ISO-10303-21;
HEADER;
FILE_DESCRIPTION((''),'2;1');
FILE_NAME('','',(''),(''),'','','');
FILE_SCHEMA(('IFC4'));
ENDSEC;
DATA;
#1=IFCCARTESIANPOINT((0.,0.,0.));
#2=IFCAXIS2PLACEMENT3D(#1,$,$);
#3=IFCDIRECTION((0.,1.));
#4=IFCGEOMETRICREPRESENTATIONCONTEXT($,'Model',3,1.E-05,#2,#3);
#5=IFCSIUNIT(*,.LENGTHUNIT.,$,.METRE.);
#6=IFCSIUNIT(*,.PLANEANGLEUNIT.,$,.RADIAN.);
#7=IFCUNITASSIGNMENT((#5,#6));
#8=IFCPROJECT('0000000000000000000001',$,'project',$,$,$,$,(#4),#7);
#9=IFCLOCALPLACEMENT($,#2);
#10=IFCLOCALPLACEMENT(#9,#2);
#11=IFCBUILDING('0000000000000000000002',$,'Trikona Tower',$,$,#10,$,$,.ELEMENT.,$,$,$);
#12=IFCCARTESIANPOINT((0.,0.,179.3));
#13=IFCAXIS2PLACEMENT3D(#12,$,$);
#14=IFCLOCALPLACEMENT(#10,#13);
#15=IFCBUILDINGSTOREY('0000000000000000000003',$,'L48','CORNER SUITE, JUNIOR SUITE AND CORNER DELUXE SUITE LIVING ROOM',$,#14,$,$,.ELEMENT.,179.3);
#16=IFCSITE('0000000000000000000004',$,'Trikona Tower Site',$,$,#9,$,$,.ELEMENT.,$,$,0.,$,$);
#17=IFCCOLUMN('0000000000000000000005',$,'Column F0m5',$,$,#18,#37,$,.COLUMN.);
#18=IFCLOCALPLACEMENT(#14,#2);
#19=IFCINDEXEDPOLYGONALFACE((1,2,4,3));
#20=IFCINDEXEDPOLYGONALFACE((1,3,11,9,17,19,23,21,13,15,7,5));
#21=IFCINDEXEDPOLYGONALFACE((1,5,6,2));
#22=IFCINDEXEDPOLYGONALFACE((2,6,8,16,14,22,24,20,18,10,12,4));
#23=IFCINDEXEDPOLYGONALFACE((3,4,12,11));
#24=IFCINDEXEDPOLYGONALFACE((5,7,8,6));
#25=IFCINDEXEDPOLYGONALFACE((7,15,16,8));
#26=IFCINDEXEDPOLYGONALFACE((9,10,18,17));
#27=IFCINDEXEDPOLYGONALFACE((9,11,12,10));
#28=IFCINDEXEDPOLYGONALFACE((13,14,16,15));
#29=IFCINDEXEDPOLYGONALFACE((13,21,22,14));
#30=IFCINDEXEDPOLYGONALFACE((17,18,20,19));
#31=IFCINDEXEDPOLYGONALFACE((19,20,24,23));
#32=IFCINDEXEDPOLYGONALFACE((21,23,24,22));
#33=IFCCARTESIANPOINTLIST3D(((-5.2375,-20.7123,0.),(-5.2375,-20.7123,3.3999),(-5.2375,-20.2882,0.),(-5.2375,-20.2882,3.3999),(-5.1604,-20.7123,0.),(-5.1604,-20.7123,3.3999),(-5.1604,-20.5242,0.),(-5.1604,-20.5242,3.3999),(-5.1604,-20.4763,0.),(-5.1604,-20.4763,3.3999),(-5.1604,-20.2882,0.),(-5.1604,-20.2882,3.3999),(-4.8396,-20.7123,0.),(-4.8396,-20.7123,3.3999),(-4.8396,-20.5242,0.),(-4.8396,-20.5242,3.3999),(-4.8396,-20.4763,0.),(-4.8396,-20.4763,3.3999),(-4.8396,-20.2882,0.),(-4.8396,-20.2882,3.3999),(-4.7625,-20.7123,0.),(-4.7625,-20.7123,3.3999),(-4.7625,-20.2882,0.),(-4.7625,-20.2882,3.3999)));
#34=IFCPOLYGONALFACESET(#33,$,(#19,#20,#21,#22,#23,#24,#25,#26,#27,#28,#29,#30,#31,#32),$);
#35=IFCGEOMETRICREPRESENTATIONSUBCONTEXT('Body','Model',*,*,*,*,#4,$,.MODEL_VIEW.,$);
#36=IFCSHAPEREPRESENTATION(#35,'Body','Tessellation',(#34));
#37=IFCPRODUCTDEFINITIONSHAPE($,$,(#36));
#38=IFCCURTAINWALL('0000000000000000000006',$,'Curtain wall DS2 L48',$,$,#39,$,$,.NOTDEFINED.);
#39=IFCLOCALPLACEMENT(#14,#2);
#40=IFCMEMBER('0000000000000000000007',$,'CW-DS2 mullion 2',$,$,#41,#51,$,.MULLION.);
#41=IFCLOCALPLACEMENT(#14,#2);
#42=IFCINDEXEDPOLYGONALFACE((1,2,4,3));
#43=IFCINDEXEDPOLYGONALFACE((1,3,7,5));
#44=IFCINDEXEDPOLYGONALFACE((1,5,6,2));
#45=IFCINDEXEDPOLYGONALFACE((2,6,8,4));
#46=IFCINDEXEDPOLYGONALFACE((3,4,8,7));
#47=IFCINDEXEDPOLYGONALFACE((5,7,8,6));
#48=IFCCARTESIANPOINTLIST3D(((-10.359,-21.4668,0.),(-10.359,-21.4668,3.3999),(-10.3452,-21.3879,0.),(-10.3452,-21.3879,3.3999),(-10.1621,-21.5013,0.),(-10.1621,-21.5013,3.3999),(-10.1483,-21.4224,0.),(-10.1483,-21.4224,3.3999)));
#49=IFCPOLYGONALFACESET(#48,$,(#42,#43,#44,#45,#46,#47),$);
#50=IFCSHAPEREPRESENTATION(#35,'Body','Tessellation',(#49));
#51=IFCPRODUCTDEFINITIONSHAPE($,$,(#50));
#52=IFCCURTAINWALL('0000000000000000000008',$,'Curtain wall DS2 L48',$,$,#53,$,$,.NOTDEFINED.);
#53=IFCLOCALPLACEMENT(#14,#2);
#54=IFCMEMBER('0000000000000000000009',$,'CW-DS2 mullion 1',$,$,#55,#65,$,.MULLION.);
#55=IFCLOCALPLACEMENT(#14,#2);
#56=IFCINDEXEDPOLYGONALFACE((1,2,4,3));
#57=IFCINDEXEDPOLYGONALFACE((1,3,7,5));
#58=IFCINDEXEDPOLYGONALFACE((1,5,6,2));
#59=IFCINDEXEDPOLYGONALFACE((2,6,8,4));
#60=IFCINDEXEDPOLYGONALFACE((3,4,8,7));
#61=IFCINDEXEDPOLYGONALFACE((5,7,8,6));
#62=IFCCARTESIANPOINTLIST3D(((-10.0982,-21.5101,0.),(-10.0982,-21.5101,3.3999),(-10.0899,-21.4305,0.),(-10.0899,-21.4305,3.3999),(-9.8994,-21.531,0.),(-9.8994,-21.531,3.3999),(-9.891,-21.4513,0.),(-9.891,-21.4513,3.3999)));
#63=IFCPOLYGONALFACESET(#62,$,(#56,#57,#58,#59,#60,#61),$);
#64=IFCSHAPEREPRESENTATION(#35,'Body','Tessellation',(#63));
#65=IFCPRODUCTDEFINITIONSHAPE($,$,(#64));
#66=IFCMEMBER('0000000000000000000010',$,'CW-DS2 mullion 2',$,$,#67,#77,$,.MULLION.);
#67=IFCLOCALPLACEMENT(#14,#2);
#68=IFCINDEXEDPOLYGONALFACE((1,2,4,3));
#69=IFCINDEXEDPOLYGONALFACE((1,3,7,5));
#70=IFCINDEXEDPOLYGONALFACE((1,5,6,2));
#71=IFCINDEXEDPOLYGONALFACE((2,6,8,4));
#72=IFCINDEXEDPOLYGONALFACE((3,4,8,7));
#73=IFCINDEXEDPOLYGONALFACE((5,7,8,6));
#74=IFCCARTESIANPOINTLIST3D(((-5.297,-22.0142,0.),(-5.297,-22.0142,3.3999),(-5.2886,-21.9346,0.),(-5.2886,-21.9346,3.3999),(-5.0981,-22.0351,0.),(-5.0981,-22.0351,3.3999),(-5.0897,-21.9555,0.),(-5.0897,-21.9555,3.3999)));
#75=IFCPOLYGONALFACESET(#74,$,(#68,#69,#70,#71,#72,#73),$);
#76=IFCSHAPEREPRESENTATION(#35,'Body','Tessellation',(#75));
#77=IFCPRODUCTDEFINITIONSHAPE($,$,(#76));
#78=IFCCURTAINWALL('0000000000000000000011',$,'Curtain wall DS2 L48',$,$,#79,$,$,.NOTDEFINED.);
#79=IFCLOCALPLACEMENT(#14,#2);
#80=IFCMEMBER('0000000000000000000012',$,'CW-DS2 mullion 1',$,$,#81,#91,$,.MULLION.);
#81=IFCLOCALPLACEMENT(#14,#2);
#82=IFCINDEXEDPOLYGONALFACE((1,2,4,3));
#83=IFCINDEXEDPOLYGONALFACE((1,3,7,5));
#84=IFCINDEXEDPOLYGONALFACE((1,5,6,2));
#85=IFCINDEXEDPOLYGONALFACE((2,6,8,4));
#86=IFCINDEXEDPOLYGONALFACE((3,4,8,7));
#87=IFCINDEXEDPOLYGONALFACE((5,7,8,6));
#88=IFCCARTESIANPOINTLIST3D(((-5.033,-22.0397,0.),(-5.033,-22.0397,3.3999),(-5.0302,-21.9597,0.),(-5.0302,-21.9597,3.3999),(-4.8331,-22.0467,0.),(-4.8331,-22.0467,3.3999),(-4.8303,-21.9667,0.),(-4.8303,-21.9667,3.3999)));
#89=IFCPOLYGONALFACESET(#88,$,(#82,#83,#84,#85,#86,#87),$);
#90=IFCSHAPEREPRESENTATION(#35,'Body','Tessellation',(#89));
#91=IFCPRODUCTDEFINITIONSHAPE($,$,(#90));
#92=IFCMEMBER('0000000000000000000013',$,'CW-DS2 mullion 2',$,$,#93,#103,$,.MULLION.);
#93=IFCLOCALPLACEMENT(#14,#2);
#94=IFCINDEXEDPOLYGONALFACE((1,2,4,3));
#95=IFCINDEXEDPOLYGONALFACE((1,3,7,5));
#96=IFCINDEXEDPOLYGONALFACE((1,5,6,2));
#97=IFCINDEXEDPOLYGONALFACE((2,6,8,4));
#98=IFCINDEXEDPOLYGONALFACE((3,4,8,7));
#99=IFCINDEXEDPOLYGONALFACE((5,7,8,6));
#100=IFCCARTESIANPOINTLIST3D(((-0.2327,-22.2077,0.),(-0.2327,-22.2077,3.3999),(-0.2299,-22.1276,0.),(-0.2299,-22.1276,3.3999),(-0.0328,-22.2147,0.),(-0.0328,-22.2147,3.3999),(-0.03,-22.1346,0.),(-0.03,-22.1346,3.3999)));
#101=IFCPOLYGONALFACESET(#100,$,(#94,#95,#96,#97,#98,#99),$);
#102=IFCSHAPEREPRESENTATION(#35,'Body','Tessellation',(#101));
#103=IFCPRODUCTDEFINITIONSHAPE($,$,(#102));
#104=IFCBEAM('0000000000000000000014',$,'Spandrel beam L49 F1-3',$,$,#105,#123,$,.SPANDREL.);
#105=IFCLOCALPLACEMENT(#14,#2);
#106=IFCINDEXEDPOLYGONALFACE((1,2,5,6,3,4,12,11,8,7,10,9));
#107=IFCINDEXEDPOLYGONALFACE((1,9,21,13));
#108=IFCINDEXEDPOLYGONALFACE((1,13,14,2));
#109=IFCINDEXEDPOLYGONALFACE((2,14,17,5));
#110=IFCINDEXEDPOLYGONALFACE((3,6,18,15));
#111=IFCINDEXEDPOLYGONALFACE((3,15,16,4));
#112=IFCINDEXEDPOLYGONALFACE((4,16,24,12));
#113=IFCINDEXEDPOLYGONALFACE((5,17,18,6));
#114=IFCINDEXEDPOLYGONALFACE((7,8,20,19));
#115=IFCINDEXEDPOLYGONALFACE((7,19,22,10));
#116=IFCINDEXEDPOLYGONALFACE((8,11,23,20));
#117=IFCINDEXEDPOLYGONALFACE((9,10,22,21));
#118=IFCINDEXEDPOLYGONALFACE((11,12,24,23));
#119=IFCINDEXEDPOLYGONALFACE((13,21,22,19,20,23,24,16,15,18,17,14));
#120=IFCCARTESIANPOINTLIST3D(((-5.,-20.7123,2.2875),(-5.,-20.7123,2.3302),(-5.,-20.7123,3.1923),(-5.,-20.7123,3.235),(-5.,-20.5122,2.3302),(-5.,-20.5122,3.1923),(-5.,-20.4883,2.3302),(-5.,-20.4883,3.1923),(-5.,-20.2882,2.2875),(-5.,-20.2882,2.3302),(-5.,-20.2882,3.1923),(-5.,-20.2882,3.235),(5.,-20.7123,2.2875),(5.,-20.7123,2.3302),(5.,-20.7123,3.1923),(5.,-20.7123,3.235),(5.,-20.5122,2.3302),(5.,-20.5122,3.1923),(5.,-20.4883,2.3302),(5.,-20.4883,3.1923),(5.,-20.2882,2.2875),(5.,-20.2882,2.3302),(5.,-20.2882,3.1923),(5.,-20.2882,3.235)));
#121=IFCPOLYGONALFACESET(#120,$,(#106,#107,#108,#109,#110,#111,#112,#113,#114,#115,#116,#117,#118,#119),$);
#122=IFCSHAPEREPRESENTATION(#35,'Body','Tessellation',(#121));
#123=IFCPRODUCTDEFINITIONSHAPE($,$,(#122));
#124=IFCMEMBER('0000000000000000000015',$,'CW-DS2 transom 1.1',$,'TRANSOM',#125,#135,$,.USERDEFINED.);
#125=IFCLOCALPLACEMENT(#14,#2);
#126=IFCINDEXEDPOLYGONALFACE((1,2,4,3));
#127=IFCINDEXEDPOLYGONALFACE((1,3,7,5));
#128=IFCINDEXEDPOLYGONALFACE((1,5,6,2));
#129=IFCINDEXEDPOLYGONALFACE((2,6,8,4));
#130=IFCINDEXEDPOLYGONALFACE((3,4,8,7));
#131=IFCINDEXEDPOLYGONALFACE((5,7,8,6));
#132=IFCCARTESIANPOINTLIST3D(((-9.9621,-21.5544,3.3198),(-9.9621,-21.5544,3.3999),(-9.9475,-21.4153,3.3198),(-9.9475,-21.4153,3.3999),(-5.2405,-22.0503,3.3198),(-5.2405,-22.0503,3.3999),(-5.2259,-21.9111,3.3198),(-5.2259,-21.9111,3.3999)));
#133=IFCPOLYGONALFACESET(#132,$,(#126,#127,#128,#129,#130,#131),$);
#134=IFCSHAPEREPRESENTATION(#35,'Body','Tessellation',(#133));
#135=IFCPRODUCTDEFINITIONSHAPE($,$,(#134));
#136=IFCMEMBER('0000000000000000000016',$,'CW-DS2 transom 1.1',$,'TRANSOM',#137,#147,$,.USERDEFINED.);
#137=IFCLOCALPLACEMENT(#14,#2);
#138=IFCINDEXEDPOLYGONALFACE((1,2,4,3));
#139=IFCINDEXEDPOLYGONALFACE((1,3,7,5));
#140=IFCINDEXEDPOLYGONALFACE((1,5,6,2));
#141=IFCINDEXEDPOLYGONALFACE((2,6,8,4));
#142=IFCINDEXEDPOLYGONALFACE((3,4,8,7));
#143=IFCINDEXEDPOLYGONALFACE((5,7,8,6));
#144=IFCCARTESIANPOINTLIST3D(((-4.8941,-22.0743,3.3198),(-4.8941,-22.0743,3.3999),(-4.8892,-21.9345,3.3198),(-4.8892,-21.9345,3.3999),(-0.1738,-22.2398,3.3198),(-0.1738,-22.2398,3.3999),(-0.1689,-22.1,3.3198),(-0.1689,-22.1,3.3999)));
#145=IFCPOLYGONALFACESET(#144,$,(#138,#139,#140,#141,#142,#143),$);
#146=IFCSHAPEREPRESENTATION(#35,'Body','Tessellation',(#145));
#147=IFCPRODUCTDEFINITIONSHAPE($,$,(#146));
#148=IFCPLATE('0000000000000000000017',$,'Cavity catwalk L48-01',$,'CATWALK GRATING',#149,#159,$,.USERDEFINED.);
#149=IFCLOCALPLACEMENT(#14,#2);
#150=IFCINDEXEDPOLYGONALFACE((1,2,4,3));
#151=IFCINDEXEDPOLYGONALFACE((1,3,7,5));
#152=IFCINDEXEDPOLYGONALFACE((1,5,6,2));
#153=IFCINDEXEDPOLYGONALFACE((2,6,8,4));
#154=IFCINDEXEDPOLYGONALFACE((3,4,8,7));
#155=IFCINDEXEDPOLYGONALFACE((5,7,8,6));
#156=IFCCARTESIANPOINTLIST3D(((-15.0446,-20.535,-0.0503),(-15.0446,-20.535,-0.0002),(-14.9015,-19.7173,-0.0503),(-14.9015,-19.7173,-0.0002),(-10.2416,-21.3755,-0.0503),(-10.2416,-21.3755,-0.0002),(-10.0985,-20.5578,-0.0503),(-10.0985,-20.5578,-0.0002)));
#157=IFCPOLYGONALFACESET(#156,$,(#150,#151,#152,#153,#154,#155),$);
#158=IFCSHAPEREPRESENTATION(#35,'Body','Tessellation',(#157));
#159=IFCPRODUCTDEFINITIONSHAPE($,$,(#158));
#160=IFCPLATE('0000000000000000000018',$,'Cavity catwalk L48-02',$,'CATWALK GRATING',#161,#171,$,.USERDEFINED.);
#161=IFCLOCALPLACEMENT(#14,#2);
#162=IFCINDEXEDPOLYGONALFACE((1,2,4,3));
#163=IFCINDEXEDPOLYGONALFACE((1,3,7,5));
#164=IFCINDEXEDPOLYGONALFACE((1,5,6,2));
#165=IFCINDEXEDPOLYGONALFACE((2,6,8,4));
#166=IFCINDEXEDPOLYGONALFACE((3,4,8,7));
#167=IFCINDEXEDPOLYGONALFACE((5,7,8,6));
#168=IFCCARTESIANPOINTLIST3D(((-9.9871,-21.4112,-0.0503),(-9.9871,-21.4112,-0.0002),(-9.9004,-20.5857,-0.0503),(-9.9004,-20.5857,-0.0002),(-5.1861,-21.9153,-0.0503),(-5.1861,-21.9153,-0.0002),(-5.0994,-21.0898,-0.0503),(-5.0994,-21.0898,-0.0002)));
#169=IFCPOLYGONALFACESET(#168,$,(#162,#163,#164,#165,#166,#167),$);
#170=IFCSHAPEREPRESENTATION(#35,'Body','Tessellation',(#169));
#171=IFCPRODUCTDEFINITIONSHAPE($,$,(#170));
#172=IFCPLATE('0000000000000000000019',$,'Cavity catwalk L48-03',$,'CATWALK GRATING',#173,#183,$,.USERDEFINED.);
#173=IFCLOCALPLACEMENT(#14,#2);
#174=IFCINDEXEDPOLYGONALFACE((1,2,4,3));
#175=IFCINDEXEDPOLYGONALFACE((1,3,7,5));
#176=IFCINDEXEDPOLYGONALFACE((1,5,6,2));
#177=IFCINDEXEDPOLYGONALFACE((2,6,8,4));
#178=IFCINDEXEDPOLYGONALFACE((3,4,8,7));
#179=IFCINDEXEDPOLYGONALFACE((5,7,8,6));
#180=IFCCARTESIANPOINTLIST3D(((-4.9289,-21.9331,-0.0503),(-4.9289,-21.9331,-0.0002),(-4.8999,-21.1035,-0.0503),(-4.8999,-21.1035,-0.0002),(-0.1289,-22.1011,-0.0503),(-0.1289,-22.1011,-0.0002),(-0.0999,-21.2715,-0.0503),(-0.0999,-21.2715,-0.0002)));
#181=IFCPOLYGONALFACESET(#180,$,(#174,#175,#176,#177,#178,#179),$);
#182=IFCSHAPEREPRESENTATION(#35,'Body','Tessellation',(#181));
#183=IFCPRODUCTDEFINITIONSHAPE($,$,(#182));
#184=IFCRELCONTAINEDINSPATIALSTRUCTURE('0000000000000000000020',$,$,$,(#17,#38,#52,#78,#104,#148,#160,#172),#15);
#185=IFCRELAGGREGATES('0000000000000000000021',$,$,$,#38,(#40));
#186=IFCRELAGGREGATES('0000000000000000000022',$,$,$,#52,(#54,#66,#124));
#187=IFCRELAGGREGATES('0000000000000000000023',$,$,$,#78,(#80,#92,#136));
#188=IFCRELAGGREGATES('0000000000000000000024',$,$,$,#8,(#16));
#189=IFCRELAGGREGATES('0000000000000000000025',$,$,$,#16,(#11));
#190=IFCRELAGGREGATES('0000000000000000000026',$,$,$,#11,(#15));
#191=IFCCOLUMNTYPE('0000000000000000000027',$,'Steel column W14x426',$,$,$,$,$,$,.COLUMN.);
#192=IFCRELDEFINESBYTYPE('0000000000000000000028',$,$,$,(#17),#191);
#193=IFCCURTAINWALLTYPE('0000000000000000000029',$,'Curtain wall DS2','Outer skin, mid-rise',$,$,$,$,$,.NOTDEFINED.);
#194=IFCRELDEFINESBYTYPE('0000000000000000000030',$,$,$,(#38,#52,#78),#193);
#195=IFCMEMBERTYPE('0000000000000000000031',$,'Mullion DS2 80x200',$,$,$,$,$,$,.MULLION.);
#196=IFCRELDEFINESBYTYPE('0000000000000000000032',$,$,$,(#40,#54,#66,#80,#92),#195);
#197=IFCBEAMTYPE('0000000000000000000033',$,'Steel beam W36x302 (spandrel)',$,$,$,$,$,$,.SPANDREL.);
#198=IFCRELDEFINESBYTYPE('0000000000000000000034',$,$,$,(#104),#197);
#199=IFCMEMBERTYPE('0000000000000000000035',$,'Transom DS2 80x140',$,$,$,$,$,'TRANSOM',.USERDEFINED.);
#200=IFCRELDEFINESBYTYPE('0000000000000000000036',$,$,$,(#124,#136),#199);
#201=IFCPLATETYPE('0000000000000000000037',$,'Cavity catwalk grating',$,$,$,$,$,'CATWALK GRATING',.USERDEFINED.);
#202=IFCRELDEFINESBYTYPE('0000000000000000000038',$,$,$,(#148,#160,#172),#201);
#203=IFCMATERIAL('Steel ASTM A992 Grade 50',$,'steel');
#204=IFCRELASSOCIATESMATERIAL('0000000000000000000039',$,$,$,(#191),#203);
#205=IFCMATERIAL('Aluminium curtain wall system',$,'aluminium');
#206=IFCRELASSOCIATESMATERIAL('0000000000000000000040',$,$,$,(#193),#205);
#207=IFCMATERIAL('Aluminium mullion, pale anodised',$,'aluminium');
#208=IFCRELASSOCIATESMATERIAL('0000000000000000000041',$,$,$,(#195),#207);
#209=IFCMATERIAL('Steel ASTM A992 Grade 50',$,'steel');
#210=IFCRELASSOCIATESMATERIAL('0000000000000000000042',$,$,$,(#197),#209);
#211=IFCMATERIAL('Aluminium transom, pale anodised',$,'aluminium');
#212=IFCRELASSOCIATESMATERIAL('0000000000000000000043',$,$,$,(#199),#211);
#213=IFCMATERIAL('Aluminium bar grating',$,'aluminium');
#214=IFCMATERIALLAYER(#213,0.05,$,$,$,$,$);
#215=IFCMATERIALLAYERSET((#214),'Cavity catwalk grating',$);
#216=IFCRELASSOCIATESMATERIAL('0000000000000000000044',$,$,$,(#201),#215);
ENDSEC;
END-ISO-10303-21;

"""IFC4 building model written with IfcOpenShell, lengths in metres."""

from ifc_helpers import new_model, si_unit, direction, frame, origin, origin_2d, place, context, subcontext, project, spatial, rectangle, i_section, extrude, material, layer, layer_set, material_profile, profile_set, type_object, element, aggregate, save


model = new_model("IFC4")

# Units and contexts
model_context = context("Model", 3, precision=1e-05, world=origin(), true_north=direction((0.0, 1.0)))
body_context = subcontext(model_context, "Body", "Model", "MODEL_VIEW")
ifc_project = project(units=[si_unit("LENGTHUNIT", "METRE"), si_unit("PLANEANGLEUNIT", "RADIAN")], contexts=[model_context])

# Site, building, storey
site_placement = place(None, origin())
site = spatial("IfcSite", under=ifc_project, at=site_placement, Name="Trikona Tower Site", CompositionType="ELEMENT", RefElevation=0.0)
building_placement = place(site_placement, origin())
building = spatial("IfcBuilding", under=site, at=building_placement, Name="Trikona Tower", CompositionType="ELEMENT")
storey_placement = place(building_placement, frame((0.0, 0.0, 179.3)))
storey = spatial("IfcBuildingStorey", under=building, at=storey_placement, Name="L48", Description="CORNER SUITE, JUNIOR SUITE AND CORNER DELUXE SUITE LIVING ROOM", CompositionType="ELEMENT", Elevation=179.3)

# Column
ifc_material_1 = material(Name="Steel ASTM A992 Grade 50", Category="steel")
ifc_material_profile_1 = material_profile(ifc_material_1, i_section(OverallWidth=0.4241, OverallDepth=0.4751, WebThickness=0.0479, FlangeThickness=0.0771, at=origin_2d()), Name="W14X426")
ifc_profile_set_1 = profile_set([ifc_material_profile_1], Name="Steel ASTM A992 Grade 50")
column_type = type_object("IfcColumnType", Name="Steel column W14x426", PredefinedType="COLUMN", material=ifc_profile_set_1)
column_placement = place(storey_placement, frame((-5.0, -20.5002, 0.0), z_axis=(0.0, 0.0, 1.0), x_axis=(0.0, -1.0, 0.0)))
element("IfcColumn", 1, at=column_placement, inside=storey, type_object=column_type, Name="Column F0m5", PredefinedType="COLUMN", context=body_context, shape_type="SweptSolid", body=[
    extrude(i_section(OverallWidth=0.4241, OverallDepth=0.4751, WebThickness=0.0479, FlangeThickness=0.0771, at=origin_2d()), origin(), (0.0, 0.0, 1.0), 3.3999),
])

# Curtain wall, member
ifc_material_2 = material(Name="Aluminium curtain wall system", Category="aluminium")
curtain_wall_type = type_object("IfcCurtainWallType", Name="Curtain wall DS2", Description="Outer skin, mid-rise", PredefinedType="NOTDEFINED", material=ifc_material_2)
curtain_wall_1_placement = place(storey_placement, origin())
curtain_wall_1 = element("IfcCurtainWall", 2, at=curtain_wall_1_placement, inside=storey, type_object=curtain_wall_type, Name="Curtain wall DS2 L48", PredefinedType="NOTDEFINED")
ifc_material_3 = material(Name="Aluminium mullion, pale anodised", Category="aluminium")
ifc_material_profile_2 = material_profile(ifc_material_3, rectangle(XDim=0.0801, YDim=0.2, at=origin_2d()), Name="MUL-DS2")
ifc_profile_set_2 = profile_set([ifc_material_profile_2], Name="Aluminium mullion, pale anodised")
member_type_1 = type_object("IfcMemberType", Name="Mullion DS2 80x200", PredefinedType="MULLION", material=ifc_profile_set_2)
member_1_placement = place(storey_placement, frame((-10.2537, -21.4446, 0.0), z_axis=(0.0, 0.0, 1.0), x_axis=(0.172377, 0.985031, 0.0)))
member_1 = element("IfcMember", 3, at=member_1_placement, type_object=member_type_1, Name="CW-DS2 mullion 2", PredefinedType="MULLION", context=body_context, shape_type="SweptSolid", body=[
    extrude(rectangle(XDim=0.0801, YDim=0.2, at=origin_2d()), origin(), (0.0, 0.0, 1.0), 3.3999),
])

# Curtain walls, members
curtain_wall_2_placement = place(storey_placement, origin())
curtain_wall_2 = element("IfcCurtainWall", 4, at=curtain_wall_2_placement, inside=storey, type_object=curtain_wall_type, Name="Curtain wall DS2 L48", PredefinedType="NOTDEFINED")
member_2_placement = place(storey_placement, frame((-9.9946, -21.4807, 0.0), z_axis=(0.0, 0.0, 1.0), x_axis=(0.104433, 0.994532, 0.0)))
member_2 = element("IfcMember", 5, at=member_2_placement, type_object=member_type_1, Name="CW-DS2 mullion 1", PredefinedType="MULLION", context=body_context, shape_type="SweptSolid", body=[
    extrude(rectangle(XDim=0.0801, YDim=0.2, at=origin_2d()), origin(), (0.0, 0.0, 1.0), 3.3999),
])
member_3_placement = place(storey_placement, frame((-5.1934, -21.9849, 0.0), z_axis=(0.0, 0.0, 1.0), x_axis=(0.104433, 0.994532, 0.0)))
member_3 = element("IfcMember", 6, at=member_3_placement, type_object=member_type_1, Name="CW-DS2 mullion 2", PredefinedType="MULLION", context=body_context, shape_type="SweptSolid", body=[
    extrude(rectangle(XDim=0.0801, YDim=0.2, at=origin_2d()), origin(), (0.0, 0.0, 1.0), 3.3999),
])
curtain_wall_3_placement = place(storey_placement, origin())
curtain_wall_3 = element("IfcCurtainWall", 7, at=curtain_wall_3_placement, inside=storey, type_object=curtain_wall_type, Name="Curtain wall DS2 L48", PredefinedType="NOTDEFINED")
member_4_placement = place(storey_placement, frame((-4.9316, -22.0032, 0.0), z_axis=(0.0, 0.0, 1.0), x_axis=(0.034998, 0.999387, 0.0)))
member_4 = element("IfcMember", 8, at=member_4_placement, type_object=member_type_1, Name="CW-DS2 mullion 1", PredefinedType="MULLION", context=body_context, shape_type="SweptSolid", body=[
    extrude(rectangle(XDim=0.0801, YDim=0.2, at=origin_2d()), origin(), (0.0, 0.0, 1.0), 3.3999),
])
member_5_placement = place(storey_placement, frame((-0.1313, -22.1711, 0.0), z_axis=(0.0, 0.0, 1.0), x_axis=(0.034998, 0.999387, 0.0)))
member_5 = element("IfcMember", 9, at=member_5_placement, type_object=member_type_1, Name="CW-DS2 mullion 2", PredefinedType="MULLION", context=body_context, shape_type="SweptSolid", body=[
    extrude(rectangle(XDim=0.0801, YDim=0.2, at=origin_2d()), origin(), (0.0, 0.0, 1.0), 3.3999),
])

# Beam
ifc_material_4 = material(Name="Steel ASTM A992 Grade 50", Category="steel")
ifc_material_profile_3 = material_profile(ifc_material_4, i_section(OverallWidth=0.4241, OverallDepth=0.9475, WebThickness=0.0239, FlangeThickness=0.0427, at=origin_2d()), Name="W36X302")
ifc_profile_set_3 = profile_set([ifc_material_profile_3], Name="Steel ASTM A992 Grade 50")
beam_type = type_object("IfcBeamType", Name="Steel beam W36x302 (spandrel)", PredefinedType="SPANDREL", material=ifc_profile_set_3)
beam_placement = place(storey_placement, frame((-5.0, -20.5002, 2.7612), z_axis=(1.0, 0.0, 0.0), x_axis=(0.0, 1.0, 0.0)))
element("IfcBeam", 10, at=beam_placement, inside=storey, type_object=beam_type, Name="Spandrel beam L49 F1-3", PredefinedType="SPANDREL", context=body_context, shape_type="SweptSolid", body=[
    extrude(i_section(OverallWidth=0.4241, OverallDepth=0.9475, WebThickness=0.0239, FlangeThickness=0.0427, at=origin_2d()), origin(), (0.0, 0.0, 1.0), 10.0),
])

# Members
ifc_material_5 = material(Name="Aluminium transom, pale anodised", Category="aluminium")
ifc_material_profile_4 = material_profile(ifc_material_5, rectangle(XDim=0.1399, YDim=0.0801, at=origin_2d()), Name="TRN-DS2")
ifc_profile_set_4 = profile_set([ifc_material_profile_4], Name="Aluminium transom, pale anodised")
member_type_2 = type_object("IfcMemberType", Name="Transom DS2 80x140", ElementType="TRANSOM", PredefinedType="USERDEFINED", material=ifc_profile_set_4)
member_6_placement = place(storey_placement, frame((-9.9548, -21.4849, 3.3599), z_axis=(0.994531, -0.104441, 0.0), x_axis=(0.104441, 0.994531, 0.0)))
member_6 = element("IfcMember", 11, at=member_6_placement, type_object=member_type_2, Name="CW-DS2 transom 1.1", ObjectType="TRANSOM", PredefinedType="USERDEFINED", context=body_context, shape_type="SweptSolid", body=[
    extrude(rectangle(XDim=0.1399, YDim=0.0801, at=origin_2d()), origin(), (0.0, 0.0, 1.0), 4.7476),
])
member_7_placement = place(storey_placement, frame((-4.8916, -22.0044, 3.3599), z_axis=(0.999386, -0.035046, 0.0), x_axis=(0.035046, 0.999386, 0.0)))
member_7 = element("IfcMember", 12, at=member_7_placement, type_object=member_type_2, Name="CW-DS2 transom 1.1", ObjectType="TRANSOM", PredefinedType="USERDEFINED", context=body_context, shape_type="SweptSolid", body=[
    extrude(rectangle(XDim=0.1399, YDim=0.0801, at=origin_2d()), origin(), (0.0, 0.0, 1.0), 4.7231),
])

# Plates
ifc_material_6 = material(Name="Aluminium bar grating", Category="aluminium")
ifc_layer_1 = layer(ifc_material_6, 0.05)
ifc_layer_set_1 = layer_set([ifc_layer_1], Name="Cavity catwalk grating")
plate_type_1 = type_object("IfcPlateType", Name="Cavity catwalk grating", ElementType="CATWALK GRATING", PredefinedType="USERDEFINED", material=ifc_layer_set_1)
plate_1_placement = place(storey_placement, frame((-12.5715, -20.5464, -0.0503), z_axis=(0.0, 0.0, 1.0), x_axis=(0.985031, -0.17238, 0.0)))
element("IfcPlate", 13, at=plate_1_placement, inside=storey, type_object=plate_type_1, Name="Cavity catwalk L48-01", ObjectType="CATWALK GRATING", PredefinedType="USERDEFINED", context=body_context, shape_type="SweptSolid", body=[
    extrude(rectangle(XDim=4.876, YDim=0.8301, at=origin_2d()), origin(), (0.0, 0.0, 1.0), 0.05),
])
plate_2_placement = place(storey_placement, frame((-7.5432, -21.2505, -0.0503), z_axis=(0.0, 0.0, 1.0), x_axis=(0.994533, -0.104426, 0.0)))
element("IfcPlate", 14, at=plate_2_placement, inside=storey, type_object=plate_type_1, Name="Cavity catwalk L48-02", ObjectType="CATWALK GRATING", PredefinedType="USERDEFINED", context=body_context, shape_type="SweptSolid", body=[
    extrude(rectangle(XDim=4.8274, YDim=0.8301, at=origin_2d()), origin(), (0.0, 0.0, 1.0), 0.05),
])
plate_3_placement = place(storey_placement, frame((-2.5144, -21.6023, -0.0503), z_axis=(0.0, 0.0, 1.0), x_axis=(0.999388, -0.034978, 0.0)))
element("IfcPlate", 15, at=plate_3_placement, inside=storey, type_object=plate_type_1, Name="Cavity catwalk L48-03", ObjectType="CATWALK GRATING", PredefinedType="USERDEFINED", context=body_context, shape_type="SweptSolid", body=[
    extrude(rectangle(XDim=4.803, YDim=0.8301, at=origin_2d()), origin(), (0.0, 0.0, 1.0), 0.05),
])

aggregate(curtain_wall_1, [member_1])
aggregate(curtain_wall_2, [member_2, member_3, member_6])
aggregate(curtain_wall_3, [member_4, member_5, member_7])

save(model, "model.ifc")
